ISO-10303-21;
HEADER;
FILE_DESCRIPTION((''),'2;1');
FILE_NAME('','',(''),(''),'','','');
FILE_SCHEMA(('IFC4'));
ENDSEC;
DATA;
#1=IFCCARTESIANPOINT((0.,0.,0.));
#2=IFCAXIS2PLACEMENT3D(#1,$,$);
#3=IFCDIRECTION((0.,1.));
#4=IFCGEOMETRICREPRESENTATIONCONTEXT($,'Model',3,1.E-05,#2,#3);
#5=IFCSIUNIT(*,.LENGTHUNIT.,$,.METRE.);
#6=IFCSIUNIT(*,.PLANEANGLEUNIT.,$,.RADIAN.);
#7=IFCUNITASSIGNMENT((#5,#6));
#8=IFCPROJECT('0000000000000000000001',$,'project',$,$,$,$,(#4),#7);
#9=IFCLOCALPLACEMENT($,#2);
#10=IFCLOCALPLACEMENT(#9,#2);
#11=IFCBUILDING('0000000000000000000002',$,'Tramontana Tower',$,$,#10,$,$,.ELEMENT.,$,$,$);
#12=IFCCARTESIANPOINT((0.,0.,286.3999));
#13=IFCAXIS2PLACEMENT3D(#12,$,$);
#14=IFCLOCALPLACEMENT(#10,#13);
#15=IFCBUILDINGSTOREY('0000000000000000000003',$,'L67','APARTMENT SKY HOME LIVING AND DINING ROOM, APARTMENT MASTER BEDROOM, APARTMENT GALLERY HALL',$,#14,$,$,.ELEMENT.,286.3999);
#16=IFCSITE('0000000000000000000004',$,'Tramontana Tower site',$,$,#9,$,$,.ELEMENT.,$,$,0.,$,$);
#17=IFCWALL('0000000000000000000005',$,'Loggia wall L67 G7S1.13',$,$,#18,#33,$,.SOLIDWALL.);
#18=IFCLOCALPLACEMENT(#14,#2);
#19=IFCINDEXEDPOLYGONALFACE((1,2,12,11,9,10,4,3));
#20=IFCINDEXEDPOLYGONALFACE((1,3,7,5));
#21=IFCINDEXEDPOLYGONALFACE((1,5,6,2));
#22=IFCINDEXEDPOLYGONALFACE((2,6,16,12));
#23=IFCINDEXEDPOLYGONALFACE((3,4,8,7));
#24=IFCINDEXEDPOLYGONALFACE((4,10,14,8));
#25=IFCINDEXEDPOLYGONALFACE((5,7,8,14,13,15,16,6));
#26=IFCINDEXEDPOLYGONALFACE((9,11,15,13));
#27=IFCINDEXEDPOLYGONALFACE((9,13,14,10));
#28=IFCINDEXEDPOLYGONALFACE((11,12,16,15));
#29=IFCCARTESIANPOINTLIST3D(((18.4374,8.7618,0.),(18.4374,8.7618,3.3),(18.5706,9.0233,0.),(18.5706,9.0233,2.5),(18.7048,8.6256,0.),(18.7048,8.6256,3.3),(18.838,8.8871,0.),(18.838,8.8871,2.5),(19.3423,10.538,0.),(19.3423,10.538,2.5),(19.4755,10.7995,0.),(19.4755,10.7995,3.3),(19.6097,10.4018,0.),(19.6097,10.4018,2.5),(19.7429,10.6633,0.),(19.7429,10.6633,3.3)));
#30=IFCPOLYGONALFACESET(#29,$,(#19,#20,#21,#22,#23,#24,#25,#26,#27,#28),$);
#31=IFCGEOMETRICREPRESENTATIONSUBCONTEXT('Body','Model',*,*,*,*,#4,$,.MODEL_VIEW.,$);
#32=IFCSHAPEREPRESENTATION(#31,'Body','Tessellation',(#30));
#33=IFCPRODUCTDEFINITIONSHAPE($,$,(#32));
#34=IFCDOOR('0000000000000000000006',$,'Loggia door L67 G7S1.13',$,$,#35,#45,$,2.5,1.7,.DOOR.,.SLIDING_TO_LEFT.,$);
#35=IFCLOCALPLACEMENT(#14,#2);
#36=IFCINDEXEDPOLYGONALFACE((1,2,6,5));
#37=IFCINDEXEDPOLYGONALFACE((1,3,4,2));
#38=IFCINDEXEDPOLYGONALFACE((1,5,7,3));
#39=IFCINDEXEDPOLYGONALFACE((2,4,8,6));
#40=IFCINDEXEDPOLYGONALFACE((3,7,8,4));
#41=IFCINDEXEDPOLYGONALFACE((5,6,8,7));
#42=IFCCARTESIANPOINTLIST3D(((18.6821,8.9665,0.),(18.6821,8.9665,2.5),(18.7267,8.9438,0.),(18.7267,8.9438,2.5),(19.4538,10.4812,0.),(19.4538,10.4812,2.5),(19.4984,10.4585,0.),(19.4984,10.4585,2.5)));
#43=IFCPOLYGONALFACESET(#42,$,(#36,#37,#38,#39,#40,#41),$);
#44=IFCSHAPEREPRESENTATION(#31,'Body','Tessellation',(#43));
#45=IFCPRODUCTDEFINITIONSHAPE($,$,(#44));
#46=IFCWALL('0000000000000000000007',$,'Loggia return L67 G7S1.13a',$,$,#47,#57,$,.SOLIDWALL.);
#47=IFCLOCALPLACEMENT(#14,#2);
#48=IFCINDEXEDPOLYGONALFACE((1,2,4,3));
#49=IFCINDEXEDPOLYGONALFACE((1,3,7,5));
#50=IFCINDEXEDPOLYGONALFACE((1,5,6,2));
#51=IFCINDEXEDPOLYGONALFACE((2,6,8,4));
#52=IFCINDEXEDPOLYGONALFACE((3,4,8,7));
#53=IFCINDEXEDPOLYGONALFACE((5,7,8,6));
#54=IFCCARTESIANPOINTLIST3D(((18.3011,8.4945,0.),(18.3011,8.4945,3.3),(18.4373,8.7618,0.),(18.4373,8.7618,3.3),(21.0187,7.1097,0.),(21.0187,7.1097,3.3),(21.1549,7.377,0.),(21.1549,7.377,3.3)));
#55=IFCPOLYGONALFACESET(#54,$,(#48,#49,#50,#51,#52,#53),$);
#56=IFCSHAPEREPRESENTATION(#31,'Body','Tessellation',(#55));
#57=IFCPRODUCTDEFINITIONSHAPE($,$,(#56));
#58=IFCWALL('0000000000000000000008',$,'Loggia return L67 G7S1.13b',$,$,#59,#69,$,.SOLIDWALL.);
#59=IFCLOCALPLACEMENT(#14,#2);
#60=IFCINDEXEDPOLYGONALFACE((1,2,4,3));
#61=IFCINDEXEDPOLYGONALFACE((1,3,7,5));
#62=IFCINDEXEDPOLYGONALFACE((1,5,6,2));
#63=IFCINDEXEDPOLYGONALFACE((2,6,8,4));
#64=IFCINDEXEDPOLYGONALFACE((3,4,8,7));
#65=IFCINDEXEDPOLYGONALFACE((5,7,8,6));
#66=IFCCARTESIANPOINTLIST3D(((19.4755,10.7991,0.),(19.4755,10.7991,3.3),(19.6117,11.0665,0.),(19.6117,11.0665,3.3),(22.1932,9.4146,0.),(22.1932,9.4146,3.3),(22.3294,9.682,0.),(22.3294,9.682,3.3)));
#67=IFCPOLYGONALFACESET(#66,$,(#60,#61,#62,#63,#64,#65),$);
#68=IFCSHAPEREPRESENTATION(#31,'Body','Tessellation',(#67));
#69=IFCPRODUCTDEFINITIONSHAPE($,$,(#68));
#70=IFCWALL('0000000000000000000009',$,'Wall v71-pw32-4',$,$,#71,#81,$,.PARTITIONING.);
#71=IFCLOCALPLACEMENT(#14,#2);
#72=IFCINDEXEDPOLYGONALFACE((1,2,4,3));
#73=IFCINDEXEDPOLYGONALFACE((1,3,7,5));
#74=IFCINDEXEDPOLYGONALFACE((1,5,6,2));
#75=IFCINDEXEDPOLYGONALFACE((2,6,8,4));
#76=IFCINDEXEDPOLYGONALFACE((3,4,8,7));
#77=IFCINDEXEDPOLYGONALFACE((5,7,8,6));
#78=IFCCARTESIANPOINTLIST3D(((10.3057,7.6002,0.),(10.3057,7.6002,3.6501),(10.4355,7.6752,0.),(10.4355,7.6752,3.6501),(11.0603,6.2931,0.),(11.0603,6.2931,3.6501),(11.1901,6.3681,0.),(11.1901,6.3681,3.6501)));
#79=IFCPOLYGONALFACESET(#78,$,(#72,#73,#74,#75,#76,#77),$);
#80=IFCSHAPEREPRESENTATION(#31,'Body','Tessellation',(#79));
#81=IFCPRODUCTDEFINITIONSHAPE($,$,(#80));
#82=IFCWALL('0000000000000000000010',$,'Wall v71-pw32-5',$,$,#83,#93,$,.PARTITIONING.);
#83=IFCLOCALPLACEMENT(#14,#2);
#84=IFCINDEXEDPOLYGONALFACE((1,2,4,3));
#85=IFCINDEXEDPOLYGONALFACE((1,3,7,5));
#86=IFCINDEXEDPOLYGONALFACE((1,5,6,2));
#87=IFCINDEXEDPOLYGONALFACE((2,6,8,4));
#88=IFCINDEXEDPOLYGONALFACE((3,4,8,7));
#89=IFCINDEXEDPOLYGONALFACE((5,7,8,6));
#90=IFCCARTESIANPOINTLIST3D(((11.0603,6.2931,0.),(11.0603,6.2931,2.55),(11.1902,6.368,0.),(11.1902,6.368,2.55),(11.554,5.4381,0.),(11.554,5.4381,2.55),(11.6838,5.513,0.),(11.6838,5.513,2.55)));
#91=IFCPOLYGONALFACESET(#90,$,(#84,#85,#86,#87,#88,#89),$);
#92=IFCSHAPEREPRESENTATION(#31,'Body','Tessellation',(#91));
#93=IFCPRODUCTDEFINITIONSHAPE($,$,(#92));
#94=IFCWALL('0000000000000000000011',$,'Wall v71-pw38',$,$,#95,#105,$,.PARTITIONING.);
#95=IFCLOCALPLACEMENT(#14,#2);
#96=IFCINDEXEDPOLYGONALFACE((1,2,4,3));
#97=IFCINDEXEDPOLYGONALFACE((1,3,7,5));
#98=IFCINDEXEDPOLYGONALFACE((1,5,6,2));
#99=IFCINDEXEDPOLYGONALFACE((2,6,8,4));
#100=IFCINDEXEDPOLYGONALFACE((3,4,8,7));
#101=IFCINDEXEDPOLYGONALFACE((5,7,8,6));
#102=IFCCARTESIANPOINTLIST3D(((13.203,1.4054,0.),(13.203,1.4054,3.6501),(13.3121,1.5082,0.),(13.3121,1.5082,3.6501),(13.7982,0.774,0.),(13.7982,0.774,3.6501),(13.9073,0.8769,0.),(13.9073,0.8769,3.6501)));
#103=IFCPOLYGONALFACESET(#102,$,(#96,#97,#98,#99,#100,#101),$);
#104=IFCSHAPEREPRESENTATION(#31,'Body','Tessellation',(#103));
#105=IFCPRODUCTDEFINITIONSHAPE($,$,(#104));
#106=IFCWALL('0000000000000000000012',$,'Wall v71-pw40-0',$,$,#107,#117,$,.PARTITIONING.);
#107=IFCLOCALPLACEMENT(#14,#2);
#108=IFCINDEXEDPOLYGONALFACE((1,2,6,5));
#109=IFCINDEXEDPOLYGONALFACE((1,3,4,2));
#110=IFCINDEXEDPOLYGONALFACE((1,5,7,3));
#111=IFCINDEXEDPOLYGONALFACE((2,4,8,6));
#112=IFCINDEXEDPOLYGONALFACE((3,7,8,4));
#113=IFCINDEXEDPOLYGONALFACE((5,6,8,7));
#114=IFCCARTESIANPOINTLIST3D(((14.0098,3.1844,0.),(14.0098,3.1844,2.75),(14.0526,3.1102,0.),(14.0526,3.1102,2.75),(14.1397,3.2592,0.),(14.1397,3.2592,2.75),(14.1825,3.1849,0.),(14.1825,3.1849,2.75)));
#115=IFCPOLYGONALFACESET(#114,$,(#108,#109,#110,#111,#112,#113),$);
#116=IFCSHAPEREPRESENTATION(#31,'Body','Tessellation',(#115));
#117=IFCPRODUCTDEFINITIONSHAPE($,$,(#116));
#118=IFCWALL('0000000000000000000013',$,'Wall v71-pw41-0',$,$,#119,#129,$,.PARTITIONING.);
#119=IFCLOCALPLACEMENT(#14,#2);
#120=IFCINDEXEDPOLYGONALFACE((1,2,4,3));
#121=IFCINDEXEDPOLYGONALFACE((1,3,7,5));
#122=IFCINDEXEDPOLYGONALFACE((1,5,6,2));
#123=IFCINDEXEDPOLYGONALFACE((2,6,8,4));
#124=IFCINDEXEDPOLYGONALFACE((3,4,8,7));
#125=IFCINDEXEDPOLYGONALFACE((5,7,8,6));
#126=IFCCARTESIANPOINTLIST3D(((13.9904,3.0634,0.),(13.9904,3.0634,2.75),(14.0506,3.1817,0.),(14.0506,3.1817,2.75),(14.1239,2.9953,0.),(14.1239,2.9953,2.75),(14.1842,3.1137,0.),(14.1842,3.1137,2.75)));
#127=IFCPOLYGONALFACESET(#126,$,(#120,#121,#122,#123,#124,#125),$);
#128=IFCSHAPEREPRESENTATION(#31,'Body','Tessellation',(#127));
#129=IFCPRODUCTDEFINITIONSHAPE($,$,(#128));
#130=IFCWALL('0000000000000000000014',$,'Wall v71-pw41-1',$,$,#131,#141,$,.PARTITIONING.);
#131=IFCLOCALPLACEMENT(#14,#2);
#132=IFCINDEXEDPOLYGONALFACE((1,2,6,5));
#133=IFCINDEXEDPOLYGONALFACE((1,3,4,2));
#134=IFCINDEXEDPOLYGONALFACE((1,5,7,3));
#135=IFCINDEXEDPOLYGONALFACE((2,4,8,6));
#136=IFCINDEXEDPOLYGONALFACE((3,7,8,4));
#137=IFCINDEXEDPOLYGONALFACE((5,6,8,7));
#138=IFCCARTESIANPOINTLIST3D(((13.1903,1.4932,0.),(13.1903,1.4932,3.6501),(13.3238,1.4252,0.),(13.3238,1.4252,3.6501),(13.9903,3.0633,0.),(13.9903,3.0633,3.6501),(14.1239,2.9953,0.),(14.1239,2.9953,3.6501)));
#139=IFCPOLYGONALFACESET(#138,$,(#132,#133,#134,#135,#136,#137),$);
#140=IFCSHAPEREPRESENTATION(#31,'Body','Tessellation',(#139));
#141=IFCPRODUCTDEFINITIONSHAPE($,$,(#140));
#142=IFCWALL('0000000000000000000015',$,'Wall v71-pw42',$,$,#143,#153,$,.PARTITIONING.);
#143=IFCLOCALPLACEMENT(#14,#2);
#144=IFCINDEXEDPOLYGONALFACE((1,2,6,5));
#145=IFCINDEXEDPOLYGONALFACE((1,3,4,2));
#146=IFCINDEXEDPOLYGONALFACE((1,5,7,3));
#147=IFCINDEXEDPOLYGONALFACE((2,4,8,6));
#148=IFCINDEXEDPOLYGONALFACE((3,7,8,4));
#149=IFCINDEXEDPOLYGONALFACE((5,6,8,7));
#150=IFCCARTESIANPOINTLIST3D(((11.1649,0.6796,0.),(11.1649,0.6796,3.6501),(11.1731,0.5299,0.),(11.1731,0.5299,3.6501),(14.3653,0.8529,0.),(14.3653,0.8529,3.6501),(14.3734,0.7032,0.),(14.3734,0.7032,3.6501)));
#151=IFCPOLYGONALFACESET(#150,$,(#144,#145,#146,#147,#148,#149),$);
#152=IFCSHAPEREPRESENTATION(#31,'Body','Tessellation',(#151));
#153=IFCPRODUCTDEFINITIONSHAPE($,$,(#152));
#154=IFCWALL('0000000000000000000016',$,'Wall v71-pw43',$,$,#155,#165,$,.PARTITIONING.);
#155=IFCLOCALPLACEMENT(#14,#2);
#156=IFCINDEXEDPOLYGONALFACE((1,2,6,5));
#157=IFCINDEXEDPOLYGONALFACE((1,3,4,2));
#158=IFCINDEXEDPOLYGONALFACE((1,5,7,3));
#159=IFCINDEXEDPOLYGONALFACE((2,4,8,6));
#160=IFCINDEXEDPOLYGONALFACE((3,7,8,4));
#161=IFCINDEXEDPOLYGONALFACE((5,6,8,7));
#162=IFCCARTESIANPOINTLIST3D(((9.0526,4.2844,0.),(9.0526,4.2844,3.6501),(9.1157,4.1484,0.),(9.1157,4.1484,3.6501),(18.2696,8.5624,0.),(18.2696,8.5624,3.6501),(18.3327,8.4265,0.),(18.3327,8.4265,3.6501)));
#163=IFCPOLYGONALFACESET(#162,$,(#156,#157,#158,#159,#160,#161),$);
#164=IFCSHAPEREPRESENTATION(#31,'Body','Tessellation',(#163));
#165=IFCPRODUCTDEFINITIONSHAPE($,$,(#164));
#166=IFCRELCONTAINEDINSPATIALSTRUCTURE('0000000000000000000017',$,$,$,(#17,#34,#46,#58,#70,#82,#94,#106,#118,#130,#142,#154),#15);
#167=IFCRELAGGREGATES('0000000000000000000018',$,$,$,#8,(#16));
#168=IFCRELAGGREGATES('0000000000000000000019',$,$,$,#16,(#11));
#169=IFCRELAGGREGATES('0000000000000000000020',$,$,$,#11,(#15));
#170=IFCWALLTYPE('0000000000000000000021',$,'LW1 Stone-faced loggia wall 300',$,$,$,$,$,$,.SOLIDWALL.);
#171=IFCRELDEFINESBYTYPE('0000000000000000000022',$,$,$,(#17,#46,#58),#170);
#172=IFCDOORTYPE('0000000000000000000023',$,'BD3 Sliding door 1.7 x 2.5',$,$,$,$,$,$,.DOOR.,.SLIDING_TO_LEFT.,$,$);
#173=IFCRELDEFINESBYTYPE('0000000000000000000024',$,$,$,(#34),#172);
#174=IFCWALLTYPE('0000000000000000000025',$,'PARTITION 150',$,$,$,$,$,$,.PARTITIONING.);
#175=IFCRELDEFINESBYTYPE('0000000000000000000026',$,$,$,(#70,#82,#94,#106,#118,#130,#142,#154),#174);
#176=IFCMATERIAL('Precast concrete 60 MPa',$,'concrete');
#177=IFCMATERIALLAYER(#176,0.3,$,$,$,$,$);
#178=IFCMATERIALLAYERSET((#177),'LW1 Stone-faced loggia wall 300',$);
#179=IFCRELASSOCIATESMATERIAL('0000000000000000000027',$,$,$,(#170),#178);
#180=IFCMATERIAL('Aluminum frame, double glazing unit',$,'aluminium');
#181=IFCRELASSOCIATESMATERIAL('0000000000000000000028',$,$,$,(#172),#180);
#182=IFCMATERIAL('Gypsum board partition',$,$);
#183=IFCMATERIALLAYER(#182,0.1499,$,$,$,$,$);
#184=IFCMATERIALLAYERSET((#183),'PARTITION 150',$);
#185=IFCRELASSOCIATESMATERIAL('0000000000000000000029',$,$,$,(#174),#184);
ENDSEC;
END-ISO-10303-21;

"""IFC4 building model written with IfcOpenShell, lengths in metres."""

from ifc_helpers import new_model, si_unit, direction, frame, frame_2d, origin, place, context, subcontext, project, spatial, rectangle, extrude, material, layer, layer_set, type_object, element, fill, save


model = new_model("IFC4")

# Units and contexts
model_context = context("Model", 3, precision=1e-05, world=origin(), true_north=direction((0.0, 1.0)))
body_context = subcontext(model_context, "Body", "Model", "MODEL_VIEW")
ifc_project = project(units=[si_unit("LENGTHUNIT", "METRE"), si_unit("PLANEANGLEUNIT", "RADIAN")], contexts=[model_context])

# Site, building, storey
site_placement = place(None, origin())
site = spatial("IfcSite", under=ifc_project, at=site_placement, Name="Tramontana Tower site", CompositionType="ELEMENT", RefElevation=0.0)
building_placement = place(site_placement, origin())
building = spatial("IfcBuilding", under=site, at=building_placement, Name="Tramontana Tower", CompositionType="ELEMENT")
storey_placement = place(building_placement, frame((0.0, 0.0, 286.3999)))
storey = spatial("IfcBuildingStorey", under=building, at=storey_placement, Name="L67", Description="APARTMENT SKY HOME LIVING AND DINING ROOM, APARTMENT MASTER BEDROOM, APARTMENT GALLERY HALL", CompositionType="ELEMENT", Elevation=286.3999)

# Shared definitions
ifc_material_1 = material(Name="Precast concrete 60 MPa", Category="concrete")
ifc_layer_1 = layer(ifc_material_1, 0.3)
ifc_layer_set_1 = layer_set([ifc_layer_1], Name="LW1 Stone-faced loggia wall 300")
wall_type_1 = type_object("IfcWallType", Name="LW1 Stone-faced loggia wall 300", PredefinedType="SOLIDWALL", material=ifc_layer_set_1)
ifc_material_2 = material(Name="Aluminum frame, double glazing unit", Category="aluminium")
door_type_1 = type_object("IfcDoorType", Name="BD3 Sliding door 1.7 x 2.5", OperationType="SLIDING_TO_LEFT", PredefinedType="DOOR", material=ifc_material_2)

# Wall, opening, door
wall_1_placement = place(storey_placement, frame((18.571, 8.6936, 0.0), z_axis=(0.0, 0.0, 1.0), x_axis=(0.453948, 0.891028, 0.0)))
wall_1 = element("IfcWall", 1, at=wall_1_placement, inside=storey, type_object=wall_type_1, Name="Loggia wall L67 G7S1.13", PredefinedType="SOLIDWALL", context=body_context, shape_type="SweptSolid", body=[
    extrude(rectangle(XDim=2.2869, YDim=0.3, at=frame_2d((1.1436, 0.0))), origin(), (0.0, 0.0, 1.0), 3.3),
])
opening_1_placement = place(wall_1_placement, frame((0.2935, 0.0, 0.0)))
opening_1 = element("IfcOpeningElement", 2, at=opening_1_placement, cuts=wall_1, PredefinedType="OPENING", context=body_context, shape_type="SweptSolid", body=[
    extrude(rectangle(XDim=1.7, YDim=2.5, at=frame_2d((0.8501, 1.25))), frame((0.0, 0.1599, 0.0), z_axis=(0.0, -1.0, 0.0), x_axis=(1.0, 0.0, 0.0)), (0.0, 0.0, 1.0), 0.3201),
])
door_1_placement = place(opening_1_placement, origin())
door_1 = element("IfcDoor", 3, at=door_1_placement, inside=storey, type_object=door_type_1, Name="Loggia door L67 G7S1.13", OperationType="SLIDING_TO_LEFT", OverallHeight=2.5, OverallWidth=1.7, PredefinedType="DOOR", context=body_context, shape_type="SweptSolid", body=[
    extrude(rectangle(XDim=1.7, YDim=2.5, at=frame_2d((0.8501, 1.25))), frame((0.0, 0.0249, 0.0), z_axis=(0.0, -1.0, 0.0), x_axis=(1.0, 0.0, 0.0)), (0.0, 0.0, 1.0), 0.05),
])
fill(opening_1, door_1)

# Walls
for number, where, z_axis, x_axis, name in (
    (4, (21.0867, 7.2434, 0.0), (0.0, 0.0, 1.0), (-0.890991, 0.454021, 0.0), "Loggia return L67 G7S1.13a"),
    (5, (22.2612, 9.5483, 0.0), (0.0, 0.0, 1.0), (-0.89104, 0.453925, 0.0), "Loggia return L67 G7S1.13b"),
):
    element("IfcWall", number, at=place(storey_placement, frame(where, z_axis=z_axis, x_axis=x_axis)), inside=storey, type_object=wall_type_1, Name=name, PredefinedType="SOLIDWALL", context=body_context, shape_type="SweptSolid", body=[
        extrude(rectangle(XDim=3.05, YDim=0.3, at=frame_2d((1.5249, 0.0))), origin(), (0.0, 0.0, 1.0), 3.3),
    ])
ifc_material_3 = material(Name="Gypsum board partition")
ifc_layer_2 = layer(ifc_material_3, 0.1499)
ifc_layer_set_2 = layer_set([ifc_layer_2], Name="PARTITION 150")
wall_type_2 = type_object("IfcWallType", Name="PARTITION 150", PredefinedType="PARTITIONING", material=ifc_layer_set_2)
wall_2_placement = place(storey_placement, frame((10.3706, 7.6377, 0.0), z_axis=(0.0, 0.0, 1.0), x_axis=(0.499984, -0.866035, 0.0)))
element("IfcWall", 6, at=wall_2_placement, inside=storey, type_object=wall_type_2, Name="Wall v71-pw32-4", PredefinedType="PARTITIONING", context=body_context, shape_type="SweptSolid", body=[
    extrude(rectangle(XDim=1.5093, YDim=0.1499, at=frame_2d((0.7546, 0.0))), origin(), (0.0, 0.0, 1.0), 3.6501),
])
wall_3_placement = place(storey_placement, frame((11.1252, 6.3306, 0.0), z_axis=(0.0, 0.0, 1.0), x_axis=(0.500022, -0.866013, 0.0)))
element("IfcWall", 7, at=wall_3_placement, inside=storey, type_object=wall_type_2, Name="Wall v71-pw32-5", PredefinedType="PARTITIONING", context=body_context, shape_type="SweptSolid", body=[
    extrude(rectangle(XDim=0.9873, YDim=0.1499, at=frame_2d((0.4937, 0.0))), origin(), (0.0, 0.0, 1.0), 2.55),
])

# Walls
wall_4_placement = place(storey_placement, frame((13.2576, 1.4568, 0.0), z_axis=(0.0, 0.0, 1.0), x_axis=(0.685979, -0.727622, 0.0)))
element("IfcWall", 8, at=wall_4_placement, inside=storey, type_object=wall_type_2, Name="Wall v71-pw38", PredefinedType="PARTITIONING", context=body_context, shape_type="SweptSolid", body=[
    extrude(rectangle(XDim=0.8677, YDim=0.1499, at=frame_2d((0.4338, 0.0))), origin(), (0.0, 0.0, 1.0), 3.6501),
])
wall_5_placement = place(storey_placement, frame((14.0747, 3.2219, 0.0), z_axis=(0.0, 0.0, 1.0), x_axis=(0.4989, -0.86666, 0.0)))
element("IfcWall", 9, at=wall_5_placement, inside=storey, type_object=wall_type_2, Name="Wall v71-pw40-0", PredefinedType="PARTITIONING", context=body_context, shape_type="SweptSolid", body=[
    extrude(rectangle(XDim=0.0857, YDim=0.1499, at=frame_2d((0.043, 0.0))), origin(), (0.0, 0.0, 1.0), 2.75),
])
wall_6_placement = place(storey_placement, frame((14.1174, 3.1477, 0.0), z_axis=(0.0, 0.0, 1.0), x_axis=(-0.453816, -0.891096, 0.0)))
element("IfcWall", 10, at=wall_6_placement, inside=storey, type_object=wall_type_2, Name="Wall v71-pw41-0", PredefinedType="PARTITIONING", context=body_context, shape_type="SweptSolid", body=[
    extrude(rectangle(XDim=0.1328, YDim=0.1499, at=frame_2d((0.0664, 0.0))), origin(), (0.0, 0.0, 1.0), 2.75),
])
wall_7_placement = place(storey_placement, frame((14.0571, 3.0293, 0.0), z_axis=(0.0, 0.0, 1.0), x_axis=(-0.454017, -0.890993, 0.0)))
element("IfcWall", 11, at=wall_7_placement, inside=storey, type_object=wall_type_2, Name="Wall v71-pw41-1", PredefinedType="PARTITIONING", context=body_context, shape_type="SweptSolid", body=[
    extrude(rectangle(XDim=1.7622, YDim=0.1499, at=frame_2d((0.8811, 0.0))), origin(), (0.0, 0.0, 1.0), 3.6501),
])
wall_8_placement = place(storey_placement, frame((14.3694, 0.7781, 0.0), z_axis=(0.0, 0.0, 1.0), x_axis=(-0.998536, -0.054082, 0.0)))
element("IfcWall", 12, at=wall_8_placement, inside=storey, type_object=wall_type_2, Name="Wall v71-pw42", PredefinedType="PARTITIONING", context=body_context, shape_type="SweptSolid", body=[
    extrude(rectangle(XDim=3.2051, YDim=0.1499, at=frame_2d((1.6025, 0.0))), origin(), (0.0, 0.0, 1.0), 3.6501),
])
wall_9_placement = place(storey_placement, frame((18.301, 8.4944, 0.0), z_axis=(0.0, 0.0, 1.0), x_axis=(-0.907056, -0.421009, 0.0)))
element("IfcWall", 13, at=wall_9_placement, inside=storey, type_object=wall_type_2, Name="Wall v71-pw43", PredefinedType="PARTITIONING", context=body_context, shape_type="SweptSolid", body=[
    extrude(rectangle(XDim=10.1614, YDim=0.1499, at=frame_2d((5.0806, 0.0))), origin(), (0.0, 0.0, 1.0), 3.6501),
])

save(model, "model.ifc")
